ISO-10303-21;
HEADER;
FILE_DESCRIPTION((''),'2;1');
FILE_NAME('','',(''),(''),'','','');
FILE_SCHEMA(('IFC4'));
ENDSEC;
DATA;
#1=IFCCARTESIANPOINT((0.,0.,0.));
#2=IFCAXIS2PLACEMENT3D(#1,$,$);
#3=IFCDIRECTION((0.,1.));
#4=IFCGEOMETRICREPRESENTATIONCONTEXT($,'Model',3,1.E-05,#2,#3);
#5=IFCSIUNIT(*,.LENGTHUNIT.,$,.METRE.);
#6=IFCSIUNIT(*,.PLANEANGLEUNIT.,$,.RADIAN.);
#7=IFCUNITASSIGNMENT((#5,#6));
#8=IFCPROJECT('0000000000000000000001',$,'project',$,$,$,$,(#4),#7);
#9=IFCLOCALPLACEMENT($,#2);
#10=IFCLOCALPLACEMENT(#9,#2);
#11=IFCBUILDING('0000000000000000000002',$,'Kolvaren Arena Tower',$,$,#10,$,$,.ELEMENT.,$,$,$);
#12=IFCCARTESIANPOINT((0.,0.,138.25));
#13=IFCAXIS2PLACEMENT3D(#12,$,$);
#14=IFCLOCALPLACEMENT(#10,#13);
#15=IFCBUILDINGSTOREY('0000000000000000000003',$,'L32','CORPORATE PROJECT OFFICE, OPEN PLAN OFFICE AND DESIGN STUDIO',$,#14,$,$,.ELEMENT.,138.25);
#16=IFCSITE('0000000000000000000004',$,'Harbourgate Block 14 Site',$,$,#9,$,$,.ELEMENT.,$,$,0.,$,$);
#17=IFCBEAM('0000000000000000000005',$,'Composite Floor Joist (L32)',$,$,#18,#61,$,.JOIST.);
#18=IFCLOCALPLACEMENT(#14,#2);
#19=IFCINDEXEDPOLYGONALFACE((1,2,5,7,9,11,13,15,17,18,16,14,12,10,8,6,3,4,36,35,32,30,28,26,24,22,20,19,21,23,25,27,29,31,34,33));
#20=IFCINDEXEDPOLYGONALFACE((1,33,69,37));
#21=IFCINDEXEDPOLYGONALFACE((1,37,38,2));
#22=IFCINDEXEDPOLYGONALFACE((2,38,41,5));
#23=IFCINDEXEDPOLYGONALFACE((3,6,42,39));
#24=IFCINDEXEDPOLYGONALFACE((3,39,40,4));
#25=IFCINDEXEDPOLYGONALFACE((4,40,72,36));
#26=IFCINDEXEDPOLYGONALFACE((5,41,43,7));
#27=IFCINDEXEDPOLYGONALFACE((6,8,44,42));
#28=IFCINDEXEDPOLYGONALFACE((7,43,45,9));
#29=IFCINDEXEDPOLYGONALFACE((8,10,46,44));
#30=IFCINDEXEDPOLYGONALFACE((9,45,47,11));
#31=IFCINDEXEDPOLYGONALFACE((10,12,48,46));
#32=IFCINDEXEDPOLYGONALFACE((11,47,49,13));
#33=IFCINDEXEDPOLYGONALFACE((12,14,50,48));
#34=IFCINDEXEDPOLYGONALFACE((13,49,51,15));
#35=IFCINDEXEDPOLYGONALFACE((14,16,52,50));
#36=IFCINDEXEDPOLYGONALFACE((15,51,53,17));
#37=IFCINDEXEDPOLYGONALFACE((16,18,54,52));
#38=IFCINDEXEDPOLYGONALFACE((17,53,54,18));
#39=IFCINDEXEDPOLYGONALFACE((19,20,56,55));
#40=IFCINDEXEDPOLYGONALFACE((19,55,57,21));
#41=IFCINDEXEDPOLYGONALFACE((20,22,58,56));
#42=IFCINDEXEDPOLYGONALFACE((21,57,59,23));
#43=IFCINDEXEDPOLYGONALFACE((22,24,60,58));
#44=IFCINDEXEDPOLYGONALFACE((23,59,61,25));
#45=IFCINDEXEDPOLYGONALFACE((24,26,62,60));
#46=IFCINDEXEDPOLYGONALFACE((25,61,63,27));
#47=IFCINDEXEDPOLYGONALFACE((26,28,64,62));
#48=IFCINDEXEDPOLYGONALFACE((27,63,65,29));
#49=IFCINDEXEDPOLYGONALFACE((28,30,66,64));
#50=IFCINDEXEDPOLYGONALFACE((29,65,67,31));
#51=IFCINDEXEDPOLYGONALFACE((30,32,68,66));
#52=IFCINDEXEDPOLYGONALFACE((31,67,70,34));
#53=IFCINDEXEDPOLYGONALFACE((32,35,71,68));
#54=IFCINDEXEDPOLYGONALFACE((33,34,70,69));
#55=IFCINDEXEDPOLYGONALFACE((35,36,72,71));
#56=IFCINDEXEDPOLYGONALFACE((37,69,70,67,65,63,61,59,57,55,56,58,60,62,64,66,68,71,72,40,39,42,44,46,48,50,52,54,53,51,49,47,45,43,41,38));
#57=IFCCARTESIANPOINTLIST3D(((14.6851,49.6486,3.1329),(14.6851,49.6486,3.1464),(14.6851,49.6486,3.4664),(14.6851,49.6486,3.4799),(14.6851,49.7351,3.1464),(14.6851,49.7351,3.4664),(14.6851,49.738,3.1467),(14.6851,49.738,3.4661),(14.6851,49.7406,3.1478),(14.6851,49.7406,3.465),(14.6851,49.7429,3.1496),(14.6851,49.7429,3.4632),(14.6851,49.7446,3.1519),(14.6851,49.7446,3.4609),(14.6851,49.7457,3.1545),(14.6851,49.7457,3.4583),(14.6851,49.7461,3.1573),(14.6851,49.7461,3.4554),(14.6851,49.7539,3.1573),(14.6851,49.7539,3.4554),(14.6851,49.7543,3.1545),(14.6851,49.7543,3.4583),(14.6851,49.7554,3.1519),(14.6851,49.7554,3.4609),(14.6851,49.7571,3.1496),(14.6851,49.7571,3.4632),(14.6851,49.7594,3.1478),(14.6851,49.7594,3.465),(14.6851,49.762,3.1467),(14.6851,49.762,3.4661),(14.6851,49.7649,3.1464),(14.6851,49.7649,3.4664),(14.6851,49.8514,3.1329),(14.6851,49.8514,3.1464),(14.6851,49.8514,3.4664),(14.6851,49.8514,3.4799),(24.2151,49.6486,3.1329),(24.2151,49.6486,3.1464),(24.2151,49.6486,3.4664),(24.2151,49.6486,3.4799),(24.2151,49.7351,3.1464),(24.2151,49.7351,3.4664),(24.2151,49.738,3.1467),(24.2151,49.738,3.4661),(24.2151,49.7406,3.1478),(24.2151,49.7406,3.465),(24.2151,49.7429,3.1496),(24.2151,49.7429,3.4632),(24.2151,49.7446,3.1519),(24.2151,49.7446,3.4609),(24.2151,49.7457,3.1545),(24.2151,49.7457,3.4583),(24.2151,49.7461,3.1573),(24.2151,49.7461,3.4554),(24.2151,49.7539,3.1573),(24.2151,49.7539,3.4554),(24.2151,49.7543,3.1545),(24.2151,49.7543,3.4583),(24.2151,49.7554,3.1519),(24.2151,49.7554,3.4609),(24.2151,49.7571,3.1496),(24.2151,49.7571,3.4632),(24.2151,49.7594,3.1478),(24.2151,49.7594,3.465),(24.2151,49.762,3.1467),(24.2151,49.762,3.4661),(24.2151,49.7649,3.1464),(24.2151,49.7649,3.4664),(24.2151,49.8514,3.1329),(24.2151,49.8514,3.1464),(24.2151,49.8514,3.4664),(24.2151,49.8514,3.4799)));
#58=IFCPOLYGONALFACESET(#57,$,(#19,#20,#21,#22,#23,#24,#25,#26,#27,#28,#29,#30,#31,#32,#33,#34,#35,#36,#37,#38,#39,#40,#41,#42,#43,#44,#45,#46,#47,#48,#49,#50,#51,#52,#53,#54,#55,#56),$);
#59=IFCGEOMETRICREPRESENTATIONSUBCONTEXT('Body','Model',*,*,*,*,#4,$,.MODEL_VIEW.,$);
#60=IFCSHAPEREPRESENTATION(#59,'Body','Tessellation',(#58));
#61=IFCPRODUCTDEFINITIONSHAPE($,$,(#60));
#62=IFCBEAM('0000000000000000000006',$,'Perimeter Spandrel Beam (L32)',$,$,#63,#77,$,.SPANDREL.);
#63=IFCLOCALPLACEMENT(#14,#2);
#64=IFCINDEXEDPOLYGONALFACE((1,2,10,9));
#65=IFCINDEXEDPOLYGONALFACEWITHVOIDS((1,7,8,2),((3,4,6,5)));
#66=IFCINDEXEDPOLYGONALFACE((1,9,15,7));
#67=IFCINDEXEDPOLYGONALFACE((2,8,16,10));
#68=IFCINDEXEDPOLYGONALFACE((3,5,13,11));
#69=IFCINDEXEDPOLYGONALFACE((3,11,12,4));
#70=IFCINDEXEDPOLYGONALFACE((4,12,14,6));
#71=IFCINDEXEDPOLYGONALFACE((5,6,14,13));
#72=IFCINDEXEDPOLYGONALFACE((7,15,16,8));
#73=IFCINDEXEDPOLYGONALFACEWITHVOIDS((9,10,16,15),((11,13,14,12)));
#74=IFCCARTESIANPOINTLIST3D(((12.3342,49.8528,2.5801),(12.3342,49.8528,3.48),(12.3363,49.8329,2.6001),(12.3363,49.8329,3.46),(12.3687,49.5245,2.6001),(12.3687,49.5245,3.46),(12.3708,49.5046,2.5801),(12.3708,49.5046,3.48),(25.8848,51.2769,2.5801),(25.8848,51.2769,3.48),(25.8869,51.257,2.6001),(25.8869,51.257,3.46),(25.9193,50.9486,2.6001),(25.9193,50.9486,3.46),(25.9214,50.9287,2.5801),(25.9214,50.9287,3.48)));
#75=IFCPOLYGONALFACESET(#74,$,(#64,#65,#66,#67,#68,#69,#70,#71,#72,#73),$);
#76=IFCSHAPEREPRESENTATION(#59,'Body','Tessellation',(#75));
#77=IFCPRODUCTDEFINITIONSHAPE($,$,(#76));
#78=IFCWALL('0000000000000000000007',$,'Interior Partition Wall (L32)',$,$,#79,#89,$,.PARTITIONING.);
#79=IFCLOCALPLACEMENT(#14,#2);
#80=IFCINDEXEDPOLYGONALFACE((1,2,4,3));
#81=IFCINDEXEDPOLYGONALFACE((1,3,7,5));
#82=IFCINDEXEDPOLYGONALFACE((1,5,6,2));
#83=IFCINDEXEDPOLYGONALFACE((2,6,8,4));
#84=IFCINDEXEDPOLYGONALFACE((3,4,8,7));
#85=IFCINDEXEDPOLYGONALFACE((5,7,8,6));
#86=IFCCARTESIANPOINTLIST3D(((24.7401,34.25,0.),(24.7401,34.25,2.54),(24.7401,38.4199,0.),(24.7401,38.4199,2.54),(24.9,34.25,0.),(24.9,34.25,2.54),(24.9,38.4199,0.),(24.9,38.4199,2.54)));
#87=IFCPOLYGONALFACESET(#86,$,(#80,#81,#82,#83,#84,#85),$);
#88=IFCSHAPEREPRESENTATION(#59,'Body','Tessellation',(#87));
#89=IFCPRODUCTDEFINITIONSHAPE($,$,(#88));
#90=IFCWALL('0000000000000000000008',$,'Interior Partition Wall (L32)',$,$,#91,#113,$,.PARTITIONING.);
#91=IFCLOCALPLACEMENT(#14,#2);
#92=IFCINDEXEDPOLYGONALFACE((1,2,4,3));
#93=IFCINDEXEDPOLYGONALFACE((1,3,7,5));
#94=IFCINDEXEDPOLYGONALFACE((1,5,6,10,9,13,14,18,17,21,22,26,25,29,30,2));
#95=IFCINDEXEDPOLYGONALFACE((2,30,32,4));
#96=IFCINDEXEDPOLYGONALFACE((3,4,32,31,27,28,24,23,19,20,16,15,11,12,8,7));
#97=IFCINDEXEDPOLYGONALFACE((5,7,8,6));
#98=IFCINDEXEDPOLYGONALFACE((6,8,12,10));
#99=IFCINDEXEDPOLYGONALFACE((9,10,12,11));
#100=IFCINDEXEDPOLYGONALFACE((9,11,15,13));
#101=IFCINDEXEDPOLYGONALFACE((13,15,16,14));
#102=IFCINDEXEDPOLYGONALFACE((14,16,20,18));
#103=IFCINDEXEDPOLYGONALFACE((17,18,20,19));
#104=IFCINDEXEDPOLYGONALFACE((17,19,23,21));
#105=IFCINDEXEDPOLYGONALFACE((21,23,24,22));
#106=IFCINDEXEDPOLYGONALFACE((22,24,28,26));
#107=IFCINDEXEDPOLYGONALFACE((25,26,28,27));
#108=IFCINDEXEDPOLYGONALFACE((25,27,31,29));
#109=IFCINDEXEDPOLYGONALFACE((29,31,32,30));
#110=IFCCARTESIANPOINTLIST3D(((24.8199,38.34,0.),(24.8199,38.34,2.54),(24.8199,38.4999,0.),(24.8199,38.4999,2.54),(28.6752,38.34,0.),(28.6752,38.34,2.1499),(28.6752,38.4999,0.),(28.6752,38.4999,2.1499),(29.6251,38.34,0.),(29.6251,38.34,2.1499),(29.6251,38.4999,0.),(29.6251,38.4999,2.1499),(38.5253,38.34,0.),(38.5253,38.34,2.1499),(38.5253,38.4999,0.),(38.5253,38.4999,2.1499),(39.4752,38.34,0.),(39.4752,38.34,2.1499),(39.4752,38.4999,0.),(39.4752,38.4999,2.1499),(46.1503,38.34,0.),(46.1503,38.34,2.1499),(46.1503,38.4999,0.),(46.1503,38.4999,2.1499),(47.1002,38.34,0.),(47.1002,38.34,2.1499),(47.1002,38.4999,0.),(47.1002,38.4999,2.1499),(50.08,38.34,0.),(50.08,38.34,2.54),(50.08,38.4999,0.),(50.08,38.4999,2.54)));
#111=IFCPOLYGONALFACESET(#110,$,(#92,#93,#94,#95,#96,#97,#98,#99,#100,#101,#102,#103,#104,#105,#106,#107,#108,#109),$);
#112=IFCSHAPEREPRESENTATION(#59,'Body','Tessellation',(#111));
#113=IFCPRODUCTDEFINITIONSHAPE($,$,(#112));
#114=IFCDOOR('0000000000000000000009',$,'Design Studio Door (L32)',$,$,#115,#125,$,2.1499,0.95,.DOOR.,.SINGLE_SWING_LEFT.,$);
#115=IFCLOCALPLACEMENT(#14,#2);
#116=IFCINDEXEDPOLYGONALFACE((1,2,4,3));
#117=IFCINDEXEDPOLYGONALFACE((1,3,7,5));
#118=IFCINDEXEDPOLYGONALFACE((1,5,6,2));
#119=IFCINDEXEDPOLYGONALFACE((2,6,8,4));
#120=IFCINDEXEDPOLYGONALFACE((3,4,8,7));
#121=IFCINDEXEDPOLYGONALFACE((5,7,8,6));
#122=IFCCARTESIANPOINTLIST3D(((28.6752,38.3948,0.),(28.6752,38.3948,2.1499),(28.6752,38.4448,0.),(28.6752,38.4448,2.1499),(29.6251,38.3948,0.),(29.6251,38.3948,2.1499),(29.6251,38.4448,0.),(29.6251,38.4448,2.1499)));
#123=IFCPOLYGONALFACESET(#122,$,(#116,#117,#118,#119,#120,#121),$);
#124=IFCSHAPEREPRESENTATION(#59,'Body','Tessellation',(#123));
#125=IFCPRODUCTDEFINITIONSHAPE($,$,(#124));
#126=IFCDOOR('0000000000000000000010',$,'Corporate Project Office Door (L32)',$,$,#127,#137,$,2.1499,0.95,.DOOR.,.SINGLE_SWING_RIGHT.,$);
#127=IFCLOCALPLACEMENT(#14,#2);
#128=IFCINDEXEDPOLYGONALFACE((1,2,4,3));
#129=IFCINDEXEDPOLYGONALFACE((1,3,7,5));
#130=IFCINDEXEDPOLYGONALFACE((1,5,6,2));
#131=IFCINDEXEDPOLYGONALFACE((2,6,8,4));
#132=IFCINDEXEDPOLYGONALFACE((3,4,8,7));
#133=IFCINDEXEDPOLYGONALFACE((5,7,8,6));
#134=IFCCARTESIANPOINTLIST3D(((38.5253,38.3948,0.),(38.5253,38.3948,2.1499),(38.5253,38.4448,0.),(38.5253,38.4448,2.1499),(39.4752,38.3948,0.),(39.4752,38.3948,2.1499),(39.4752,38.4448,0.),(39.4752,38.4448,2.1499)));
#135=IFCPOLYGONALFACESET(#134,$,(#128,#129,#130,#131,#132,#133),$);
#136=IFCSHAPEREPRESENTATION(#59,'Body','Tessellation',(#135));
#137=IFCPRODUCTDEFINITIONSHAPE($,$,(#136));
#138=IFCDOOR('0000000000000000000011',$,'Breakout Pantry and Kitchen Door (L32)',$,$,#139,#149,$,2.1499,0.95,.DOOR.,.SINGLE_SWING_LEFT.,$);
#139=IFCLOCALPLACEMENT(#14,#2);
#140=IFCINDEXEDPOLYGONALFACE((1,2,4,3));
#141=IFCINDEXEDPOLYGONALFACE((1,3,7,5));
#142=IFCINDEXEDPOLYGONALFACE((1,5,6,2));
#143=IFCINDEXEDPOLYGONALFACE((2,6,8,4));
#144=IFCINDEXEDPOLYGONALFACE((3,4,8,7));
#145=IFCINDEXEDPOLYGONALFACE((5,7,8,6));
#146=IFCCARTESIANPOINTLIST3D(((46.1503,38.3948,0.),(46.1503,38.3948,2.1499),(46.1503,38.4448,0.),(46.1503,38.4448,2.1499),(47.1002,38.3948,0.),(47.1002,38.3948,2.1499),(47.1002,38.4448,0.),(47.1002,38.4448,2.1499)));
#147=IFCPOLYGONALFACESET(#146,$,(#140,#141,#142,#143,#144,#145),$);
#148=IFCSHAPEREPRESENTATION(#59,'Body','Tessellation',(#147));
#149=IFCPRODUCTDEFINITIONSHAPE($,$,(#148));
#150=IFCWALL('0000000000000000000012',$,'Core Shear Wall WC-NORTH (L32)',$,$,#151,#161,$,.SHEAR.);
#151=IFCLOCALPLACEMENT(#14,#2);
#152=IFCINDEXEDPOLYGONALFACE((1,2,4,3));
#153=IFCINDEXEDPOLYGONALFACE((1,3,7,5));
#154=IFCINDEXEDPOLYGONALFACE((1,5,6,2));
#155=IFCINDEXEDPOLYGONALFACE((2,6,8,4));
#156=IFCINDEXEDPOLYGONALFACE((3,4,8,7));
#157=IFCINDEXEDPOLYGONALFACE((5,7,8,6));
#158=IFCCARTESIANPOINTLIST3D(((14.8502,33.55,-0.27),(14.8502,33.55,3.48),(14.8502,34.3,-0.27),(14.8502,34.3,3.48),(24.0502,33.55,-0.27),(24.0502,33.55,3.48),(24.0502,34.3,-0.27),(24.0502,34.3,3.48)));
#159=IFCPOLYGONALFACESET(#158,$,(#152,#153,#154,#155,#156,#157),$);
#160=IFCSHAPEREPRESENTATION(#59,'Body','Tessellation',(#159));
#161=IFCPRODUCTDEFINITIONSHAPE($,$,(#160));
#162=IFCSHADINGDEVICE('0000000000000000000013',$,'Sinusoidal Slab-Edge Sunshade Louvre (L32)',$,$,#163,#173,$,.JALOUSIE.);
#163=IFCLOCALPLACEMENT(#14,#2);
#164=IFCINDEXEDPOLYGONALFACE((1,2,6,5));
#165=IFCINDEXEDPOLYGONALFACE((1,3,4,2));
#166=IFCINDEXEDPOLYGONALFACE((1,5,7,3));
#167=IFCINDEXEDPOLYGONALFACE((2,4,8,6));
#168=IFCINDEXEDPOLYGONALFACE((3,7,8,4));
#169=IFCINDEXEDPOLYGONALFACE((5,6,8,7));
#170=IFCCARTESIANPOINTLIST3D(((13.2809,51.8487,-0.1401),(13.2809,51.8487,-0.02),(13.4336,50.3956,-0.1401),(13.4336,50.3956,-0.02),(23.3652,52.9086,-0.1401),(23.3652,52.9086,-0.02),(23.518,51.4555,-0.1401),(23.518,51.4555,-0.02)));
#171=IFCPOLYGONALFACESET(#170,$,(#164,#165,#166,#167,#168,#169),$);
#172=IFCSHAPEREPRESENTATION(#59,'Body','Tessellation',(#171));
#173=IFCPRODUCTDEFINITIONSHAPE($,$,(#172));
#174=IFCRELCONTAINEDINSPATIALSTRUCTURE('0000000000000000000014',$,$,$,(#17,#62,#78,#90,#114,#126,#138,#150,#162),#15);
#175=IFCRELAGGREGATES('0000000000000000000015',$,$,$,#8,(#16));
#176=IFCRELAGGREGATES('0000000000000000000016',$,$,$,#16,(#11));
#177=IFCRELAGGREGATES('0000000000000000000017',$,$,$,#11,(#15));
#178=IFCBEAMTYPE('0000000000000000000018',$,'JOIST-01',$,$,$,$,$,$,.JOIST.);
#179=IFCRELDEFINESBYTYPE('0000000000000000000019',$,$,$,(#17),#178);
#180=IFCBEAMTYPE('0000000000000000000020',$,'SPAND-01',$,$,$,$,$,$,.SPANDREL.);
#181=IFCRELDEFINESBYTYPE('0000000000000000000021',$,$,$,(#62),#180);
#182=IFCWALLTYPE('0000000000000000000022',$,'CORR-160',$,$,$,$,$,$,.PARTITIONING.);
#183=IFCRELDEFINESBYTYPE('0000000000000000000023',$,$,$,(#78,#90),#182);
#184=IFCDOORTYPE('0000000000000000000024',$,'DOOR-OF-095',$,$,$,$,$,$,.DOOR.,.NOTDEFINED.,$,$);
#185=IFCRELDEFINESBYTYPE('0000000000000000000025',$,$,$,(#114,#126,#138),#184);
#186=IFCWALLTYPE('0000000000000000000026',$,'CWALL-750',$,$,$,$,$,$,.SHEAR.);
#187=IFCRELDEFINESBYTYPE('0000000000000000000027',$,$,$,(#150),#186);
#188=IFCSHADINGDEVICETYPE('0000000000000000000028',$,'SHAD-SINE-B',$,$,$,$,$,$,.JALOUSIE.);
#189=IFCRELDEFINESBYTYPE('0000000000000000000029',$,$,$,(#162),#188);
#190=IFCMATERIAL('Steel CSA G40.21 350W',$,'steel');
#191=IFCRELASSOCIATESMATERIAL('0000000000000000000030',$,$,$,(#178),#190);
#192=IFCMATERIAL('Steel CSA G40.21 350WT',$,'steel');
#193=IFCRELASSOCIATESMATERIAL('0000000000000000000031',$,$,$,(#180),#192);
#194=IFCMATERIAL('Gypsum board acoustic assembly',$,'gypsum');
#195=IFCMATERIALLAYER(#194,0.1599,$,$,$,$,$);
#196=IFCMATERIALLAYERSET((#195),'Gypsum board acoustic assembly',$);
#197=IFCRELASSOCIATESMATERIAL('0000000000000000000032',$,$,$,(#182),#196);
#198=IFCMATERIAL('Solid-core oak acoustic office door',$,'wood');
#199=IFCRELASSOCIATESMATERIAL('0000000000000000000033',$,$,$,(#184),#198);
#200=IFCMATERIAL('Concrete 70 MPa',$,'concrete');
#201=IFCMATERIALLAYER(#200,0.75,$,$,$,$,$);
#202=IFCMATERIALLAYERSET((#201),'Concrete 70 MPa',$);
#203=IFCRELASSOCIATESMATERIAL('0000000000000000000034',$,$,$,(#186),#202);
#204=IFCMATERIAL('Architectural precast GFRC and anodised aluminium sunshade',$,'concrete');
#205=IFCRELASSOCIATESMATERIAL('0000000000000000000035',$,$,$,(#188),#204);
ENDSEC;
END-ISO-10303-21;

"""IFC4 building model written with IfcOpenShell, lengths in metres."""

from ifc_helpers import new_model, si_unit, direction, frame, frame_2d, origin, origin_2d, place, context, subcontext, project, spatial, rectangle, hollow_rectangle, i_section, extrude, material, layer, layer_set, material_profile, profile_set, type_object, element, fill, save


model = new_model("IFC4")

# Units and contexts
model_context = context("Model", 3, precision=1e-05, world=origin(), true_north=direction((0.0, 1.0)))
body_context = subcontext(model_context, "Body", "Model", "MODEL_VIEW")
ifc_project = project(units=[si_unit("LENGTHUNIT", "METRE"), si_unit("PLANEANGLEUNIT", "RADIAN")], contexts=[model_context])

# Site, building, storey
site_placement = place(None, origin())
site = spatial("IfcSite", under=ifc_project, at=site_placement, Name="Harbourgate Block 14 Site", CompositionType="ELEMENT", RefElevation=0.0)
building_placement = place(site_placement, origin())
building = spatial("IfcBuilding", under=site, at=building_placement, Name="Kolvaren Arena Tower", CompositionType="ELEMENT")
storey_placement = place(building_placement, frame((0.0, 0.0, 138.25)))
storey = spatial("IfcBuildingStorey", under=building, at=storey_placement, Name="L32", Description="CORPORATE PROJECT OFFICE, OPEN PLAN OFFICE AND DESIGN STUDIO", CompositionType="ELEMENT", Elevation=138.25)

# Beams
ifc_material_1 = material(Name="Steel CSA G40.21 350W", Category="steel")
ifc_material_profile_1 = material_profile(ifc_material_1, i_section(OverallWidth=0.2029, OverallDepth=0.3469, WebThickness=0.0078, FlangeThickness=0.0134, FilletRadius=0.011, at=origin_2d()), Name="W360x64")
ifc_profile_set_1 = profile_set([ifc_material_profile_1], Name="Steel CSA G40.21 350W")
beam_type_1 = type_object("IfcBeamType", Name="JOIST-01", PredefinedType="JOIST", material=ifc_profile_set_1)
for number, where, z_axis, x_axis, name in (
    (1, (14.6851, 49.75, 3.3064), (1.0, 0.0, 0.0), (0.0, 1.0, 0.0), "Composite Floor Joist (L32)"),
):
    element("IfcBeam", number, at=place(storey_placement, frame(where, z_axis=z_axis, x_axis=x_axis)), inside=storey, type_object=beam_type_1, Name=name, PredefinedType="JOIST", context=body_context, shape_type="SweptSolid", body=[
        extrude(i_section(OverallWidth=0.2029, OverallDepth=0.3469, WebThickness=0.0078, FlangeThickness=0.0134, FilletRadius=0.011, at=origin_2d()), origin(), (0.0, 0.0, 1.0), 9.53),
    ])
ifc_material_2 = material(Name="Steel CSA G40.21 350WT", Category="steel")
ifc_material_profile_2 = material_profile(ifc_material_2, hollow_rectangle(XDim=0.3501, YDim=0.8999, WallThickness=0.02, at=origin_2d()), Name="HSS 900x350x20")
ifc_profile_set_2 = profile_set([ifc_material_profile_2], Name="Steel CSA G40.21 350WT")
beam_type_2 = type_object("IfcBeamType", Name="SPAND-01", PredefinedType="SPANDREL", material=ifc_profile_set_2)
beam_1_placement = place(storey_placement, frame((25.9031, 51.1028, 3.03), z_axis=(-0.994523, -0.104518, 0.0), x_axis=(0.104518, -0.994523, 0.0)))
element("IfcBeam", 2, at=beam_1_placement, inside=storey, type_object=beam_type_2, Name="Perimeter Spandrel Beam (L32)", PredefinedType="SPANDREL", context=body_context, shape_type="SweptSolid", body=[
    extrude(hollow_rectangle(XDim=0.3501, YDim=0.8999, WallThickness=0.02, at=origin_2d()), origin(), (0.0, 0.0, 1.0), 13.6252),
])

# Wall
ifc_material_3 = material(Name="Gypsum board acoustic assembly", Category="gypsum")
ifc_layer_1 = layer(ifc_material_3, 0.1599)
ifc_layer_set_1 = layer_set([ifc_layer_1], Name="Gypsum board acoustic assembly")
wall_type_1 = type_object("IfcWallType", Name="CORR-160", PredefinedType="PARTITIONING", material=ifc_layer_set_1)
wall_1_placement = place(storey_placement, frame((24.8201, 34.25, 0.0), z_axis=(0.0, 0.0, 1.0), x_axis=(0.0, 1.0, 0.0)))
element("IfcWall", 3, at=wall_1_placement, inside=storey, type_object=wall_type_1, Name="Interior Partition Wall (L32)", PredefinedType="PARTITIONING", context=body_context, shape_type="SweptSolid", body=[
    extrude(rectangle(XDim=4.1699, YDim=0.1599, at=frame_2d((2.085, 0.0))), origin(), (0.0, 0.0, 1.0), 2.54),
])

# Wall, openings, doors
wall_2_placement = place(storey_placement, frame((24.8201, 38.4199, 0.0), z_axis=(0.0, 0.0, 1.0), x_axis=(1.0, 0.0, 0.0)))
wall_2 = element("IfcWall", 4, at=wall_2_placement, inside=storey, type_object=wall_type_1, Name="Interior Partition Wall (L32)", PredefinedType="PARTITIONING", context=body_context, shape_type="SweptSolid", body=[
    extrude(rectangle(XDim=25.26, YDim=0.1599, at=frame_2d((12.6299, 0.0))), origin(), (0.0, 0.0, 1.0), 2.54),
])
opening_1_placement = place(wall_2_placement, frame((3.855, 0.0, 0.0)))
opening_1 = element("IfcOpeningElement", 5, at=opening_1_placement, cuts=wall_2, PredefinedType="OPENING", context=body_context, shape_type="SweptSolid", body=[
    extrude(rectangle(XDim=0.95, YDim=2.1499, at=frame_2d((0.4751, 1.075))), frame((0.0, 0.0898, 0.0), z_axis=(0.0, -1.0, 0.0), x_axis=(1.0, 0.0, 0.0)), (0.0, 0.0, 1.0), 0.1799),
])
opening_2_placement = place(wall_2_placement, frame((13.7051, 0.0, 0.0)))
opening_2 = element("IfcOpeningElement", 6, at=opening_2_placement, cuts=wall_2, PredefinedType="OPENING", context=body_context, shape_type="SweptSolid", body=[
    extrude(rectangle(XDim=0.95, YDim=2.1499, at=frame_2d((0.4751, 1.075))), frame((0.0, 0.0898, 0.0), z_axis=(0.0, -1.0, 0.0), x_axis=(1.0, 0.0, 0.0)), (0.0, 0.0, 1.0), 0.1799),
])
opening_3_placement = place(wall_2_placement, frame((21.3301, 0.0, 0.0)))
opening_3 = element("IfcOpeningElement", 7, at=opening_3_placement, cuts=wall_2, PredefinedType="OPENING", context=body_context, shape_type="SweptSolid", body=[
    extrude(rectangle(XDim=0.95, YDim=2.1499, at=frame_2d((0.4751, 1.075))), frame((0.0, 0.0898, 0.0), z_axis=(0.0, -1.0, 0.0), x_axis=(1.0, 0.0, 0.0)), (0.0, 0.0, 1.0), 0.1799),
])
ifc_material_4 = material(Name="Solid-core oak acoustic office door", Category="wood")
door_type = type_object("IfcDoorType", Name="DOOR-OF-095", OperationType="NOTDEFINED", PredefinedType="DOOR", material=ifc_material_4)
door_1_placement = place(opening_1_placement, origin())
door_1 = element("IfcDoor", 8, at=door_1_placement, inside=storey, type_object=door_type, Name="Design Studio Door (L32)", OperationType="SINGLE_SWING_LEFT", OverallHeight=2.1499, OverallWidth=0.95, PredefinedType="DOOR", context=body_context, shape_type="SweptSolid", body=[
    extrude(rectangle(XDim=0.95, YDim=2.1499, at=frame_2d((0.4751, 1.075))), frame((0.0, 0.0249, 0.0), z_axis=(0.0, -1.0, 0.0), x_axis=(1.0, 0.0, 0.0)), (0.0, 0.0, 1.0), 0.05),
])
fill(opening_1, door_1)
door_2_placement = place(opening_2_placement, origin())
door_2 = element("IfcDoor", 9, at=door_2_placement, inside=storey, type_object=door_type, Name="Corporate Project Office Door (L32)", OperationType="SINGLE_SWING_RIGHT", OverallHeight=2.1499, OverallWidth=0.95, PredefinedType="DOOR", context=body_context, shape_type="SweptSolid", body=[
    extrude(rectangle(XDim=0.95, YDim=2.1499, at=frame_2d((0.4751, 1.075))), frame((0.0, 0.0249, 0.0), z_axis=(0.0, -1.0, 0.0), x_axis=(1.0, 0.0, 0.0)), (0.0, 0.0, 1.0), 0.05),
])
fill(opening_2, door_2)
door_3_placement = place(opening_3_placement, origin())
door_3 = element("IfcDoor", 10, at=door_3_placement, inside=storey, type_object=door_type, Name="Breakout Pantry and Kitchen Door (L32)", OperationType="SINGLE_SWING_LEFT", OverallHeight=2.1499, OverallWidth=0.95, PredefinedType="DOOR", context=body_context, shape_type="SweptSolid", body=[
    extrude(rectangle(XDim=0.95, YDim=2.1499, at=frame_2d((0.4751, 1.075))), frame((0.0, 0.0249, 0.0), z_axis=(0.0, -1.0, 0.0), x_axis=(1.0, 0.0, 0.0)), (0.0, 0.0, 1.0), 0.05),
])
fill(opening_3, door_3)

# Wall
ifc_material_5 = material(Name="Concrete 70 MPa", Category="concrete")
ifc_layer_2 = layer(ifc_material_5, 0.75)
ifc_layer_set_2 = layer_set([ifc_layer_2], Name="Concrete 70 MPa")
wall_type_2 = type_object("IfcWallType", Name="CWALL-750", PredefinedType="SHEAR", material=ifc_layer_set_2)
wall_3_placement = place(storey_placement, frame((14.8501, 33.925, -0.27), z_axis=(0.0, 0.0, 1.0), x_axis=(1.0, 0.0, 0.0)))
element("IfcWall", 11, at=wall_3_placement, inside=storey, type_object=wall_type_2, Name="Core Shear Wall WC-NORTH (L32)", PredefinedType="SHEAR", context=body_context, shape_type="SweptSolid", body=[
    extrude(rectangle(XDim=9.2, YDim=0.75, at=frame_2d((4.6001, 0.0))), origin(), (0.0, 0.0, 1.0), 3.75),
])

# Shading device
ifc_material_6 = material(Name="Architectural precast GFRC and anodised aluminium sunshade", Category="concrete")
shading_device_type = type_object("IfcShadingDeviceType", Name="SHAD-SINE-B", PredefinedType="JALOUSIE", material=ifc_material_6)
shading_device_1_placement = place(storey_placement, frame((18.3994, 51.6521, -0.1401), z_axis=(0.0, 0.0, 1.0), x_axis=(0.994522, 0.104527, 0.0)))
element("IfcShadingDevice", 12, at=shading_device_1_placement, inside=storey, type_object=shading_device_type, Name="Sinusoidal Slab-Edge Sunshade Louvre (L32)", PredefinedType="JALOUSIE", context=body_context, shape_type="SweptSolid", body=[
    extrude(rectangle(XDim=10.1399, YDim=1.4612, at=origin_2d()), origin(), (0.0, 0.0, 1.0), 0.1201),
])

save(model, "model.ifc")
